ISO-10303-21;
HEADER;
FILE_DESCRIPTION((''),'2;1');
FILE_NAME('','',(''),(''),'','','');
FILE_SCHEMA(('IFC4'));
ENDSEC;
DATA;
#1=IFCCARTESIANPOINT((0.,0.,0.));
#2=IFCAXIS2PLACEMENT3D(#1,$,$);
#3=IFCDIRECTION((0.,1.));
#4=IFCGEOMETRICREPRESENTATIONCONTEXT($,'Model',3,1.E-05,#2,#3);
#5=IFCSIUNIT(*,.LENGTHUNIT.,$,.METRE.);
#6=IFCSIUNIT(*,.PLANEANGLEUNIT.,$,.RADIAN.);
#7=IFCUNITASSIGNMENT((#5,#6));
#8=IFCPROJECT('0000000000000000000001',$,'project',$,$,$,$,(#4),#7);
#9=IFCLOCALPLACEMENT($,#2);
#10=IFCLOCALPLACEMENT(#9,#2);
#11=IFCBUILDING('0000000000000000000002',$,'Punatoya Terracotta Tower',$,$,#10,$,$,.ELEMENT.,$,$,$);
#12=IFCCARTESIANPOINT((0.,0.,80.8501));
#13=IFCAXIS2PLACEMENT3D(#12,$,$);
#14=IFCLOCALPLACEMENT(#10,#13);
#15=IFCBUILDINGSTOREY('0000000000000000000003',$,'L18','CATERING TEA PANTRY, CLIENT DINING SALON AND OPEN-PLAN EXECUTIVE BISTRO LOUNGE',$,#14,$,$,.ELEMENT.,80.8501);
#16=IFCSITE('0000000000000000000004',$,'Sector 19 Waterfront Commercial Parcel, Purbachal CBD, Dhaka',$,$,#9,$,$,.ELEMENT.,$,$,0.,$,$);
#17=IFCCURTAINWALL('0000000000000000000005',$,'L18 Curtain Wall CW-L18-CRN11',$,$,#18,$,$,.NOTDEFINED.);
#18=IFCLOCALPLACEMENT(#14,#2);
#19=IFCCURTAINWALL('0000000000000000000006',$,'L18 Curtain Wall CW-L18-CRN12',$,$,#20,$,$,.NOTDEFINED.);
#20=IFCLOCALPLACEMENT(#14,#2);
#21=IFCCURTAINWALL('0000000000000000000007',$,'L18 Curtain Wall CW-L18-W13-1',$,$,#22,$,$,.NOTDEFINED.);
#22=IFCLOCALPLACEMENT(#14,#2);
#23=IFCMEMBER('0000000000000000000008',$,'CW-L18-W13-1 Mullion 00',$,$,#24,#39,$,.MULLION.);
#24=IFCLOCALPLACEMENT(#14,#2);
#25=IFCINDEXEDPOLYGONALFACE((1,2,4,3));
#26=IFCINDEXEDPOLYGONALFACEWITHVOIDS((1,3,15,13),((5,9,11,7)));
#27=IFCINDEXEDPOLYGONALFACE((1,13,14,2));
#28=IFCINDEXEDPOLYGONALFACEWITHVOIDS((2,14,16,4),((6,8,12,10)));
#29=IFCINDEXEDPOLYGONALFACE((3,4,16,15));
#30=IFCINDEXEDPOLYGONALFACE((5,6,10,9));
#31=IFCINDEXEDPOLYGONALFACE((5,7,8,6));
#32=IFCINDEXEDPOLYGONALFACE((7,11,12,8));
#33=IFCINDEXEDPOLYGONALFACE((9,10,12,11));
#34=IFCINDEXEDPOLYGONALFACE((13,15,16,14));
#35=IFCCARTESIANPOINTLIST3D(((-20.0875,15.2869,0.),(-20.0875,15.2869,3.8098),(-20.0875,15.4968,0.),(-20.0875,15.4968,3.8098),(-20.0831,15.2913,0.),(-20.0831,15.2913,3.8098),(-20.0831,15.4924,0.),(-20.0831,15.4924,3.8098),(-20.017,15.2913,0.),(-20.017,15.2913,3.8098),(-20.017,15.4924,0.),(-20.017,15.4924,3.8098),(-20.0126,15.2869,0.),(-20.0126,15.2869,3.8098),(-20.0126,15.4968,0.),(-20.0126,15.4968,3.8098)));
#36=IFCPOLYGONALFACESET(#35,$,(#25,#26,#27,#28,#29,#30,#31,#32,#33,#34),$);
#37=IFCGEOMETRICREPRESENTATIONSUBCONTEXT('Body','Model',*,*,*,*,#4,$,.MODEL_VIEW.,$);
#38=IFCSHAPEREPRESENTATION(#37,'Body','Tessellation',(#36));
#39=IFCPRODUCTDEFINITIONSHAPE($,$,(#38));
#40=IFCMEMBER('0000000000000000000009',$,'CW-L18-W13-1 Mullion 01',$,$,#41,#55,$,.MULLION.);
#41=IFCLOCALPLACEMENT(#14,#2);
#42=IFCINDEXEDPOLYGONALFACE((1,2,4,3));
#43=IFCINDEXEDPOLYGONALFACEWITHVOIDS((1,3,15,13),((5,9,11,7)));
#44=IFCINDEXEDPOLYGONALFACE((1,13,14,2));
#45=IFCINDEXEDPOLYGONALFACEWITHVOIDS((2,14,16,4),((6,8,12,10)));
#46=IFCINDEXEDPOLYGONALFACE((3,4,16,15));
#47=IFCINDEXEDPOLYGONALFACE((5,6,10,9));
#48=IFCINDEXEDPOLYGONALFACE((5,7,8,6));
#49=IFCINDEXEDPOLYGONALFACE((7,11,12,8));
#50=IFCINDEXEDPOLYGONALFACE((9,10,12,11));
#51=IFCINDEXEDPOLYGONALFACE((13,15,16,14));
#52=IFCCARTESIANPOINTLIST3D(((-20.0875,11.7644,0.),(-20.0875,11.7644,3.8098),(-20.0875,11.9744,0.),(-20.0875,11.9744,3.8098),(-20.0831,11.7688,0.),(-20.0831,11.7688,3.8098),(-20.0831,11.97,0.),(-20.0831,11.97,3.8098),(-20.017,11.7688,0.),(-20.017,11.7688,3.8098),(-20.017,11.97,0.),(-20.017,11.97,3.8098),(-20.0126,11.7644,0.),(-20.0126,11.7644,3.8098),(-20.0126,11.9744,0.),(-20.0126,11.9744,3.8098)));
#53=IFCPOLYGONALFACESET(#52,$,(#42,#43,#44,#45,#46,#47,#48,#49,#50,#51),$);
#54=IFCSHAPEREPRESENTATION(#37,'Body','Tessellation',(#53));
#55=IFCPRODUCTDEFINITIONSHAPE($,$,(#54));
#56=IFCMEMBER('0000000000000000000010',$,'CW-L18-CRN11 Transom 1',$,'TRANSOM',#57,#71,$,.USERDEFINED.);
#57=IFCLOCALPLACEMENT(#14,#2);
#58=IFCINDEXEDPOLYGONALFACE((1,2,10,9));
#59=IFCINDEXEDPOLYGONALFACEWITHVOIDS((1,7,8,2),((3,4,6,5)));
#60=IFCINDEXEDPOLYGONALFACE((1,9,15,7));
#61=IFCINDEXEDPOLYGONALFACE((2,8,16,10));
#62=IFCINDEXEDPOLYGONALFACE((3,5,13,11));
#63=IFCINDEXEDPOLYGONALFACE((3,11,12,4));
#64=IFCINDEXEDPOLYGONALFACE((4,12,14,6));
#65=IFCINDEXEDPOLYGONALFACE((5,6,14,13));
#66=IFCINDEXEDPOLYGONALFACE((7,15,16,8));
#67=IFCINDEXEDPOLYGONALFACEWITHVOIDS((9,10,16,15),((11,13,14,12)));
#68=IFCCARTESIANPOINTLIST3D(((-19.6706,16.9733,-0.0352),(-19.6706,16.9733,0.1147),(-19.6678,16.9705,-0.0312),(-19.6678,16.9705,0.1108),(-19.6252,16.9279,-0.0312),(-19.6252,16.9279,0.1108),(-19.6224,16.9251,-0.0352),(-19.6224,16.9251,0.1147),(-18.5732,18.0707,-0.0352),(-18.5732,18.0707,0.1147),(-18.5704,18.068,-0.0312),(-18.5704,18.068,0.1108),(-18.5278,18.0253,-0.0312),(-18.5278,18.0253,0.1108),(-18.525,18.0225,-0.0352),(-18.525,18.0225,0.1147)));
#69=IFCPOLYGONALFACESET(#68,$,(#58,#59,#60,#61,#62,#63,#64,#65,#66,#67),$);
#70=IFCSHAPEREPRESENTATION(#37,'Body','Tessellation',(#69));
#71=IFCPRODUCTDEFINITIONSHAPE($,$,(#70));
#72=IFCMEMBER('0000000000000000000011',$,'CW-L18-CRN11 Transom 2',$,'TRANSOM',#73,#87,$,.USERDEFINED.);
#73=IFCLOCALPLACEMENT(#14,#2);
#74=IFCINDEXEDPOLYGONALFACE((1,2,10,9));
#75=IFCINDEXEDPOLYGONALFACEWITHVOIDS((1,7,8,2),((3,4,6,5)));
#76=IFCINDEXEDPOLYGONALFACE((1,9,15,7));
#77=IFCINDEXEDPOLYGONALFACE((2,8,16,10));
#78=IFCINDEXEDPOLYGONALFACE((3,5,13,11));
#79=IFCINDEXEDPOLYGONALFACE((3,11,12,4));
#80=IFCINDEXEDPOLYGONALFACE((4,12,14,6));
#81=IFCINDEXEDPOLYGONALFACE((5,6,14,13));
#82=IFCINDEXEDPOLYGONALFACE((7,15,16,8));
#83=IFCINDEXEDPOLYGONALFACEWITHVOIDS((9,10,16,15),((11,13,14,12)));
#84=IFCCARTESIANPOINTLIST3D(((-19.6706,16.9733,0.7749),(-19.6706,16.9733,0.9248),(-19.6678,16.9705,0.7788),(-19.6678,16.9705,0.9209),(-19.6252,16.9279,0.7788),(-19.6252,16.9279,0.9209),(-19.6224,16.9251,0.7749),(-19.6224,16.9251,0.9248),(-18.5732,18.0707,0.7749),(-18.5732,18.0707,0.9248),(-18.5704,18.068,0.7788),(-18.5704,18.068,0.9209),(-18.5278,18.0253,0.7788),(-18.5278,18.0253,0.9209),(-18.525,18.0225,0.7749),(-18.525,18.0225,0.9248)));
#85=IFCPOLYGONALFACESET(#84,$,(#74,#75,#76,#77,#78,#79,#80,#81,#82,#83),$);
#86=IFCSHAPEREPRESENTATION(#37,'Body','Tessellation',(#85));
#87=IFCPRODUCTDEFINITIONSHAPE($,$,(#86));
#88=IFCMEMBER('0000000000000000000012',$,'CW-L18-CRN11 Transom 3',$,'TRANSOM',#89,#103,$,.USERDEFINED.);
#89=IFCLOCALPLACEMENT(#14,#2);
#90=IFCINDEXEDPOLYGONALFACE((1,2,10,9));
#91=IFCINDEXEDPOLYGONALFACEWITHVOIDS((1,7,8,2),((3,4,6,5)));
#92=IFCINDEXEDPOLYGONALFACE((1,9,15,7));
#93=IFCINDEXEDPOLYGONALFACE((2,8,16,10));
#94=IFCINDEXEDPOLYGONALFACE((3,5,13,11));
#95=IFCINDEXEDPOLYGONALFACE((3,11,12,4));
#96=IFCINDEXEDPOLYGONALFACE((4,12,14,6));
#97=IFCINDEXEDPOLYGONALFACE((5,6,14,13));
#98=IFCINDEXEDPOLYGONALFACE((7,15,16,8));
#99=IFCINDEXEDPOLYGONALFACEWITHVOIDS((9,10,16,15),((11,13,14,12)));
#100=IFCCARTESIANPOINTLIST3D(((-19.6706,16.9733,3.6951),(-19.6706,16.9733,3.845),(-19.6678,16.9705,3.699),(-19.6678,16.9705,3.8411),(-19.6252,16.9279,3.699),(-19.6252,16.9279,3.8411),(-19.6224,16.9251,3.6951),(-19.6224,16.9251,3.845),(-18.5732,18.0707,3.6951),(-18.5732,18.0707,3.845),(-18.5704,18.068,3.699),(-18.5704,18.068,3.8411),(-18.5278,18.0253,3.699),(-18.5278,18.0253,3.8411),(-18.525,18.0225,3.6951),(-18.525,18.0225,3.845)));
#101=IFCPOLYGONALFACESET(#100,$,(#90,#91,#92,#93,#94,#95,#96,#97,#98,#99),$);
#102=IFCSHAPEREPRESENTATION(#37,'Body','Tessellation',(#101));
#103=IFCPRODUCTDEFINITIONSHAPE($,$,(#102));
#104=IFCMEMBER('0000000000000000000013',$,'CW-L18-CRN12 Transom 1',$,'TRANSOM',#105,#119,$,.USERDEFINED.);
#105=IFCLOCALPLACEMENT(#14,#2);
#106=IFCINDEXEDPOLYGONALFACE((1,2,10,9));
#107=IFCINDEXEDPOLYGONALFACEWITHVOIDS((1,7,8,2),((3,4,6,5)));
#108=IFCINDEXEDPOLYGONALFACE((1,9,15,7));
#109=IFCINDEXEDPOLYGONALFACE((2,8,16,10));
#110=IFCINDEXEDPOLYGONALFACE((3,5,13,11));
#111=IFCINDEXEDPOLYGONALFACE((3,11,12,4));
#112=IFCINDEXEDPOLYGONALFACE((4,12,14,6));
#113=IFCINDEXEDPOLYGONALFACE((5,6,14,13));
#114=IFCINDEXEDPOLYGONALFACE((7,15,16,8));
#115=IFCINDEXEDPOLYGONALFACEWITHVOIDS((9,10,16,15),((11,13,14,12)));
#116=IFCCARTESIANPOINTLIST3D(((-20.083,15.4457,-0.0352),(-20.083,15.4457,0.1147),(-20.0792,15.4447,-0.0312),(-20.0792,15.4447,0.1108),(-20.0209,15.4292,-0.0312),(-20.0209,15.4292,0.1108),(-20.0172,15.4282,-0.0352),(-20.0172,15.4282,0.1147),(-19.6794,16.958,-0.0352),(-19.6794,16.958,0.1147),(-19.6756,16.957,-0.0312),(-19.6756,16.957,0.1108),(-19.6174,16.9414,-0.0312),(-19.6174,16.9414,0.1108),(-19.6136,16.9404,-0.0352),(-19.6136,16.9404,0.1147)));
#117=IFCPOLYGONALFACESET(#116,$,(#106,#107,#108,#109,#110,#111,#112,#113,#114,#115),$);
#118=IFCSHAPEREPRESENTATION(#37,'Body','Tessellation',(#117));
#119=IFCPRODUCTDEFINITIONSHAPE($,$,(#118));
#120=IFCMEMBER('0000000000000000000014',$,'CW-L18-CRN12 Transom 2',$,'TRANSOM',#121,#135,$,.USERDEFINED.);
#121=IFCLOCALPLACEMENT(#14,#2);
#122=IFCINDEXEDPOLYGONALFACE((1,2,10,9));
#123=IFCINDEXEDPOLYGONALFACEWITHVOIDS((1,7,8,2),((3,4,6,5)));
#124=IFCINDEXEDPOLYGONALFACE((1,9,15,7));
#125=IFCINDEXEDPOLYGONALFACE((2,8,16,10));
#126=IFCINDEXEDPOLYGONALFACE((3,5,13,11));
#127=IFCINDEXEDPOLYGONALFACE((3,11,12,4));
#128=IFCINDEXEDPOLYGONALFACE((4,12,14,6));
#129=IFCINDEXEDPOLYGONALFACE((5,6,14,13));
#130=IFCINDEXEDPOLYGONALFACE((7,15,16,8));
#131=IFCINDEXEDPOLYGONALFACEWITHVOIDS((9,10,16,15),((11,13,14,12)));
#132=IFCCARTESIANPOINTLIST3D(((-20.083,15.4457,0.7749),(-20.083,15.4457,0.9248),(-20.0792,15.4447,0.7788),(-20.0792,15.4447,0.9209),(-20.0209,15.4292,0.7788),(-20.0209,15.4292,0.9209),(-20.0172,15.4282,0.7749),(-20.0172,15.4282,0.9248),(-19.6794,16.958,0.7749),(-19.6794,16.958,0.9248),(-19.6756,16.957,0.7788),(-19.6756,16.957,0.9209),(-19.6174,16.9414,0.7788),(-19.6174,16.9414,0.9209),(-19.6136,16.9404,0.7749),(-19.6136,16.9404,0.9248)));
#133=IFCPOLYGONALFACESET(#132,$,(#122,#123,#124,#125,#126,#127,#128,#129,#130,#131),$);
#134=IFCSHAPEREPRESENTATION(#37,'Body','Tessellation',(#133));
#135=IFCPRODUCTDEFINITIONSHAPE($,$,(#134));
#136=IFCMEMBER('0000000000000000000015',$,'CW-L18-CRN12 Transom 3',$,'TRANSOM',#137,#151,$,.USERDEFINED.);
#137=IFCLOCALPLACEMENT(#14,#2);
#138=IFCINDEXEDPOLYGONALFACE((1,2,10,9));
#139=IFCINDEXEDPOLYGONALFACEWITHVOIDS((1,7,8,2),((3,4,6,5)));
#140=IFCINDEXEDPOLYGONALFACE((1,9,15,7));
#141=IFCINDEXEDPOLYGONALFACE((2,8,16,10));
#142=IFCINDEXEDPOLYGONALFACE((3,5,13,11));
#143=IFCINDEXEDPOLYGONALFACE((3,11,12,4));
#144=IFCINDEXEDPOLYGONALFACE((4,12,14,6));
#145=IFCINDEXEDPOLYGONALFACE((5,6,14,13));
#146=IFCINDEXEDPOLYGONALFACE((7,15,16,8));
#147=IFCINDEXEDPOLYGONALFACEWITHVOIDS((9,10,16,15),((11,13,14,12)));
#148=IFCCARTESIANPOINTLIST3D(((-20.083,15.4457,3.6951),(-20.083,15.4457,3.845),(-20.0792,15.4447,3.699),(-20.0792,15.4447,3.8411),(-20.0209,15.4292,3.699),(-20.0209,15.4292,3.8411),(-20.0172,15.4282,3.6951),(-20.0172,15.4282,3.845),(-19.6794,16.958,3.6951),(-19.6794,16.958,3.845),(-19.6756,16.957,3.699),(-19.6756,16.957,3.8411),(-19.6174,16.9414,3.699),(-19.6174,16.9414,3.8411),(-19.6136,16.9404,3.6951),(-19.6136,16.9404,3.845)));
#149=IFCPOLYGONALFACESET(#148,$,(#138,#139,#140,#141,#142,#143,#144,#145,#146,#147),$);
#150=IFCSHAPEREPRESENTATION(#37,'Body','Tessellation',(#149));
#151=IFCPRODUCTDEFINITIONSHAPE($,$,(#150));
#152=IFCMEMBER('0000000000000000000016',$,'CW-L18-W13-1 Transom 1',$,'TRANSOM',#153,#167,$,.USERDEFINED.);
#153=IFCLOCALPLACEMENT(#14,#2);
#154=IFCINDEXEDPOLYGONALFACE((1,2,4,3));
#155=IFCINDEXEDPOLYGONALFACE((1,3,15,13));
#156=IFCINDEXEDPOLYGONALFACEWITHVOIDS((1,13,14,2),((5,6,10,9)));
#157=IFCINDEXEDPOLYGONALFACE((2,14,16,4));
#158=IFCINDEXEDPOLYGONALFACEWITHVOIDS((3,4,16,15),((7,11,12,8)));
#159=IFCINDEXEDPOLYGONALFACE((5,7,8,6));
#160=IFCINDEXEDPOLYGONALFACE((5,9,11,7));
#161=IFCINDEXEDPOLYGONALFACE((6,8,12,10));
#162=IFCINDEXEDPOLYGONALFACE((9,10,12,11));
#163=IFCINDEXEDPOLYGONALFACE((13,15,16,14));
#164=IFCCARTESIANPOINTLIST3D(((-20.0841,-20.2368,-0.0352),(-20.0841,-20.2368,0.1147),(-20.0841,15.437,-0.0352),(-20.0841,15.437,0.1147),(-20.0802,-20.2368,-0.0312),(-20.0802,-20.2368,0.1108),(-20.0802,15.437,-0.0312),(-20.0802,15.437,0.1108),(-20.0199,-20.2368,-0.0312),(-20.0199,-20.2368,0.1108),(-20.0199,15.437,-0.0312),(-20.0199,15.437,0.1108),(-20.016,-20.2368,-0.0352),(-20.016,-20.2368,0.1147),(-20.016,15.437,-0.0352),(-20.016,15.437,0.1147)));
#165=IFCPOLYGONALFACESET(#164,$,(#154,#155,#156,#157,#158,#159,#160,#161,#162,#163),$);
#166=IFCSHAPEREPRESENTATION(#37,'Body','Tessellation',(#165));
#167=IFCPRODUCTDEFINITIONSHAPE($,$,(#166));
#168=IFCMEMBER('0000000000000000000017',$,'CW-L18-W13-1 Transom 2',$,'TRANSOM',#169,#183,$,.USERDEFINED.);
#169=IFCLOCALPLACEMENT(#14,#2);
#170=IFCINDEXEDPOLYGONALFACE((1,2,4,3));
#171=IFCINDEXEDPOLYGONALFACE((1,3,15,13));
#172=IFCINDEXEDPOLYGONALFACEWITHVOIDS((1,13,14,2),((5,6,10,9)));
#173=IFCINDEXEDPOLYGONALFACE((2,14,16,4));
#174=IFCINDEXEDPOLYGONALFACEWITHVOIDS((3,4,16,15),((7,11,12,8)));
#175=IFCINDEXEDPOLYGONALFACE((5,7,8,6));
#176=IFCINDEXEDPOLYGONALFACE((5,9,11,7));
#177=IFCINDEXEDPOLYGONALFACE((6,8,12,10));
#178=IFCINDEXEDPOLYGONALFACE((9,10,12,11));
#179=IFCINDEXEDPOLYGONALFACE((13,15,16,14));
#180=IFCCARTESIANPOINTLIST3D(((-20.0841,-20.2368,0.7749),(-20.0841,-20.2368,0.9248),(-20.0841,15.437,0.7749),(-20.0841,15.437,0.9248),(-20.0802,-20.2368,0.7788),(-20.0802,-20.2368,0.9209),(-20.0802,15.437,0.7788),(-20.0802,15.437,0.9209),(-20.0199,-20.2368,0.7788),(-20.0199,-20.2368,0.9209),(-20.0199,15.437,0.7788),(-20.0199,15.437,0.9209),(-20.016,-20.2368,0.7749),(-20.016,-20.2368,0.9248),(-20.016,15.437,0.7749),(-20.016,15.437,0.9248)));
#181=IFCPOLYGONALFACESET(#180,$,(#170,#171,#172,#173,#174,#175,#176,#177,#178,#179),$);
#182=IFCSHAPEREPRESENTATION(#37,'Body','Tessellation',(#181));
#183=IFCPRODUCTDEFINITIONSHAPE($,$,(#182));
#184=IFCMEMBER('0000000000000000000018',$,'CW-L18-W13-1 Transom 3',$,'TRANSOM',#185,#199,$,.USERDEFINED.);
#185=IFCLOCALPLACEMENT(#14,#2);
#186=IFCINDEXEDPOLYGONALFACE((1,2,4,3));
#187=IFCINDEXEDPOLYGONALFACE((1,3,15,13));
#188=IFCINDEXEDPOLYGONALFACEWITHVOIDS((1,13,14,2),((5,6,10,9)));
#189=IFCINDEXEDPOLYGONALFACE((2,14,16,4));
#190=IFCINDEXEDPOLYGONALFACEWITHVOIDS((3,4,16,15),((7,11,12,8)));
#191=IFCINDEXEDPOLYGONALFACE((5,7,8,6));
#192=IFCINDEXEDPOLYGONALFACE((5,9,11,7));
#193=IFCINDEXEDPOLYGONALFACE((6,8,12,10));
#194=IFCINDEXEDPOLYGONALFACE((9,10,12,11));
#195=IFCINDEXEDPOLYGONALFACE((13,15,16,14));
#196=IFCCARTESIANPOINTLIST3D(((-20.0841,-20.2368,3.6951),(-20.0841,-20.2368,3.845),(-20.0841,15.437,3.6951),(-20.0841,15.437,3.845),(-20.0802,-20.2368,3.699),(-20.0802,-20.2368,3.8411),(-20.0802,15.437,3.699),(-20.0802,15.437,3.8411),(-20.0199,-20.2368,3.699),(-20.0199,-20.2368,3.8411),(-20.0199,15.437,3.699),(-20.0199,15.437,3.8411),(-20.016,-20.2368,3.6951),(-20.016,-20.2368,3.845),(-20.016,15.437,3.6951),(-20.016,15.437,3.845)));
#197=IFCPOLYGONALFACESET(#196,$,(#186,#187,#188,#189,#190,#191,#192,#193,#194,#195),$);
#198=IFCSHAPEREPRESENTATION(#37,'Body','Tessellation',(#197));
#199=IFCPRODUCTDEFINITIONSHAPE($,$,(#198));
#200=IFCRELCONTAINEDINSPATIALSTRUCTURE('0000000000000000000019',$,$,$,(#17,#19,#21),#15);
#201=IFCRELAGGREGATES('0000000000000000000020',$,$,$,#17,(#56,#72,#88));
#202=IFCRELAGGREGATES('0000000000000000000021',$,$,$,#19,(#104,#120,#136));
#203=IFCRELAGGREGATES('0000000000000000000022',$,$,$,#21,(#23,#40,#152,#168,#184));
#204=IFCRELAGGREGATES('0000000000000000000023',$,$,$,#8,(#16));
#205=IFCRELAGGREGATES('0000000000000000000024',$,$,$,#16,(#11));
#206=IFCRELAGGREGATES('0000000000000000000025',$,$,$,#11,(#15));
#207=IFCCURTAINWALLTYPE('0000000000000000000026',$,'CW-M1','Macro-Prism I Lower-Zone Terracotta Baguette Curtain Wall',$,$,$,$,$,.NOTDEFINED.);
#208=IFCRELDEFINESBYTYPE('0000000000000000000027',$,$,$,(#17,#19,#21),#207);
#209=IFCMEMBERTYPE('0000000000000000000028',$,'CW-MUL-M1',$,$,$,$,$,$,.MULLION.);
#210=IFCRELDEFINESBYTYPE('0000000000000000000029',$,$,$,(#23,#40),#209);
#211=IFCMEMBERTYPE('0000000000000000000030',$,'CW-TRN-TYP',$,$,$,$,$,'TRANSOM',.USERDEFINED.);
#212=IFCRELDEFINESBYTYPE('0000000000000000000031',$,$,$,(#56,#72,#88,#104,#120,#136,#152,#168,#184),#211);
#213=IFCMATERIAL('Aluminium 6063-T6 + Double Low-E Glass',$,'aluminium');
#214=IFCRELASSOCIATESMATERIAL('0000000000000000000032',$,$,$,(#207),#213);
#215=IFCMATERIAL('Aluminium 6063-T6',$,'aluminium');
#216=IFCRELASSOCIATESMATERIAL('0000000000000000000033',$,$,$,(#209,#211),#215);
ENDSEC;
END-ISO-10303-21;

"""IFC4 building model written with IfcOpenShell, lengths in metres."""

from ifc_helpers import new_model, si_unit, direction, frame, origin, origin_2d, place, context, subcontext, project, spatial, hollow_rectangle, extrude, material, material_profile, profile_set, type_object, element, aggregate, save


model = new_model("IFC4")

# Units and contexts
model_context = context("Model", 3, precision=1e-05, world=origin(), true_north=direction((0.0, 1.0)))
body_context = subcontext(model_context, "Body", "Model", "MODEL_VIEW")
ifc_project = project(units=[si_unit("LENGTHUNIT", "METRE"), si_unit("PLANEANGLEUNIT", "RADIAN")], contexts=[model_context])

# Site, building, storey
site_placement = place(None, origin())
site = spatial("IfcSite", under=ifc_project, at=site_placement, Name="Sector 19 Waterfront Commercial Parcel, Purbachal CBD, Dhaka", CompositionType="ELEMENT", RefElevation=0.0)
building_placement = place(site_placement, origin())
building = spatial("IfcBuilding", under=site, at=building_placement, Name="Punatoya Terracotta Tower", CompositionType="ELEMENT")
storey_placement = place(building_placement, frame((0.0, 0.0, 80.8501)))
storey = spatial("IfcBuildingStorey", under=building, at=storey_placement, Name="L18", Description="CATERING TEA PANTRY, CLIENT DINING SALON AND OPEN-PLAN EXECUTIVE BISTRO LOUNGE", CompositionType="ELEMENT", Elevation=80.8501)

# Curtain walls, members
ifc_material_1 = material(Name="Aluminium 6063-T6 + Double Low-E Glass", Category="aluminium")
curtain_wall_type = type_object("IfcCurtainWallType", Name="CW-M1", Description="Macro-Prism I Lower-Zone Terracotta Baguette Curtain Wall", PredefinedType="NOTDEFINED", material=ifc_material_1)
curtain_wall_1_placement = place(storey_placement, origin())
curtain_wall_1 = element("IfcCurtainWall", 1, at=curtain_wall_1_placement, inside=storey, type_object=curtain_wall_type, Name="L18 Curtain Wall CW-L18-CRN11", PredefinedType="NOTDEFINED")
ifc_material_2 = material(Name="Aluminium 6063-T6", Category="aluminium")
ifc_material_profile_1 = material_profile(ifc_material_2, hollow_rectangle(XDim=0.075, YDim=0.21, WallThickness=0.0044, at=origin_2d()))
ifc_profile_set_1 = profile_set([ifc_material_profile_1], Name="Aluminium 6063-T6")
member_type_1 = type_object("IfcMemberType", Name="CW-MUL-M1", PredefinedType="MULLION", material=ifc_profile_set_1)
curtain_wall_2_placement = place(storey_placement, origin())
curtain_wall_2 = element("IfcCurtainWall", 2, at=curtain_wall_2_placement, inside=storey, type_object=curtain_wall_type, Name="L18 Curtain Wall CW-L18-CRN12", PredefinedType="NOTDEFINED")
curtain_wall_3_placement = place(storey_placement, origin())
curtain_wall_3 = element("IfcCurtainWall", 3, at=curtain_wall_3_placement, inside=storey, type_object=curtain_wall_type, Name="L18 Curtain Wall CW-L18-W13-1", PredefinedType="NOTDEFINED")
member_1_placement = place(storey_placement, frame((-20.05, 15.3918, 0.0), z_axis=(0.0, 0.0, 1.0), x_axis=(1.0, 0.0, 0.0)))
member_1 = element("IfcMember", 4, at=member_1_placement, type_object=member_type_1, Name="CW-L18-W13-1 Mullion 00", PredefinedType="MULLION", context=body_context, shape_type="SweptSolid", body=[
    extrude(hollow_rectangle(XDim=0.075, YDim=0.21, WallThickness=0.0044, at=origin_2d()), origin(), (0.0, 0.0, 1.0), 3.8098),
])
member_2_placement = place(storey_placement, frame((-20.05, 11.8694, 0.0), z_axis=(0.0, 0.0, 1.0), x_axis=(1.0, 0.0, 0.0)))
member_2 = element("IfcMember", 5, at=member_2_placement, type_object=member_type_1, Name="CW-L18-W13-1 Mullion 01", PredefinedType="MULLION", context=body_context, shape_type="SweptSolid", body=[
    extrude(hollow_rectangle(XDim=0.075, YDim=0.21, WallThickness=0.0044, at=origin_2d()), origin(), (0.0, 0.0, 1.0), 3.8098),
])

# Members
ifc_material_profile_2 = material_profile(ifc_material_2, hollow_rectangle(XDim=0.0681, YDim=0.1499, WallThickness=0.0039, at=origin_2d()))
ifc_profile_set_2 = profile_set([ifc_material_profile_2], Name="Aluminium 6063-T6")
member_type_2 = type_object("IfcMemberType", Name="CW-TRN-TYP", ElementType="TRANSOM", PredefinedType="USERDEFINED", material=ifc_profile_set_2)
member_3_placement = place(storey_placement, frame((-18.5491, 18.0466, 0.0398), z_axis=(-0.707107, -0.707107, 0.0), x_axis=(0.707107, -0.707107, 0.0)))
member_3 = element("IfcMember", 6, at=member_3_placement, type_object=member_type_2, Name="CW-L18-CRN11 Transom 1", ObjectType="TRANSOM", PredefinedType="USERDEFINED", context=body_context, shape_type="SweptSolid", body=[
    extrude(hollow_rectangle(XDim=0.0681, YDim=0.1499, WallThickness=0.0039, at=origin_2d()), origin(), (0.0, 0.0, 1.0), 1.552),
])
member_4_placement = place(storey_placement, frame((-18.5491, 18.0466, 0.8499), z_axis=(-0.707107, -0.707107, 0.0), x_axis=(0.707107, -0.707107, 0.0)))
member_4 = element("IfcMember", 7, at=member_4_placement, type_object=member_type_2, Name="CW-L18-CRN11 Transom 2", ObjectType="TRANSOM", PredefinedType="USERDEFINED", context=body_context, shape_type="SweptSolid", body=[
    extrude(hollow_rectangle(XDim=0.0681, YDim=0.1499, WallThickness=0.0039, at=origin_2d()), origin(), (0.0, 0.0, 1.0), 1.552),
])
member_5_placement = place(storey_placement, frame((-18.5491, 18.0466, 3.77), z_axis=(-0.707107, -0.707107, 0.0), x_axis=(0.707107, -0.707107, 0.0)))
member_5 = element("IfcMember", 8, at=member_5_placement, type_object=member_type_2, Name="CW-L18-CRN11 Transom 3", ObjectType="TRANSOM", PredefinedType="USERDEFINED", context=body_context, shape_type="SweptSolid", body=[
    extrude(hollow_rectangle(XDim=0.0681, YDim=0.1499, WallThickness=0.0039, at=origin_2d()), origin(), (0.0, 0.0, 1.0), 1.552),
])
member_6_placement = place(storey_placement, frame((-19.6465, 16.9492, 0.0398), z_axis=(-0.257847, -0.966186, 0.0), x_axis=(0.966186, -0.257847, 0.0)))
member_6 = element("IfcMember", 9, at=member_6_placement, type_object=member_type_2, Name="CW-L18-CRN12 Transom 1", ObjectType="TRANSOM", PredefinedType="USERDEFINED", context=body_context, shape_type="SweptSolid", body=[
    extrude(hollow_rectangle(XDim=0.0681, YDim=0.1499, WallThickness=0.0039, at=origin_2d()), origin(), (0.0, 0.0, 1.0), 1.5652),
])
member_7_placement = place(storey_placement, frame((-19.6465, 16.9492, 0.8499), z_axis=(-0.257847, -0.966186, 0.0), x_axis=(0.966186, -0.257847, 0.0)))
member_7 = element("IfcMember", 10, at=member_7_placement, type_object=member_type_2, Name="CW-L18-CRN12 Transom 2", ObjectType="TRANSOM", PredefinedType="USERDEFINED", context=body_context, shape_type="SweptSolid", body=[
    extrude(hollow_rectangle(XDim=0.0681, YDim=0.1499, WallThickness=0.0039, at=origin_2d()), origin(), (0.0, 0.0, 1.0), 1.5652),
])
member_8_placement = place(storey_placement, frame((-19.6465, 16.9492, 3.77), z_axis=(-0.257847, -0.966186, 0.0), x_axis=(0.966186, -0.257847, 0.0)))
member_8 = element("IfcMember", 11, at=member_8_placement, type_object=member_type_2, Name="CW-L18-CRN12 Transom 3", ObjectType="TRANSOM", PredefinedType="USERDEFINED", context=body_context, shape_type="SweptSolid", body=[
    extrude(hollow_rectangle(XDim=0.0681, YDim=0.1499, WallThickness=0.0039, at=origin_2d()), origin(), (0.0, 0.0, 1.0), 1.5652),
])
member_9_placement = place(storey_placement, frame((-20.05, 15.437, 0.0398), z_axis=(0.0, -1.0, 0.0), x_axis=(1.0, 0.0, 0.0)))
member_9 = element("IfcMember", 12, at=member_9_placement, type_object=member_type_2, Name="CW-L18-W13-1 Transom 1", ObjectType="TRANSOM", PredefinedType="USERDEFINED", context=body_context, shape_type="SweptSolid", body=[
    extrude(hollow_rectangle(XDim=0.0681, YDim=0.1499, WallThickness=0.0039, at=origin_2d()), origin(), (0.0, 0.0, 1.0), 35.6738),
])
member_10_placement = place(storey_placement, frame((-20.05, 15.437, 0.8499), z_axis=(0.0, -1.0, 0.0), x_axis=(1.0, 0.0, 0.0)))
member_10 = element("IfcMember", 13, at=member_10_placement, type_object=member_type_2, Name="CW-L18-W13-1 Transom 2", ObjectType="TRANSOM", PredefinedType="USERDEFINED", context=body_context, shape_type="SweptSolid", body=[
    extrude(hollow_rectangle(XDim=0.0681, YDim=0.1499, WallThickness=0.0039, at=origin_2d()), origin(), (0.0, 0.0, 1.0), 35.6738),
])
member_11_placement = place(storey_placement, frame((-20.05, 15.437, 3.77), z_axis=(0.0, -1.0, 0.0), x_axis=(1.0, 0.0, 0.0)))
member_11 = element("IfcMember", 14, at=member_11_placement, type_object=member_type_2, Name="CW-L18-W13-1 Transom 3", ObjectType="TRANSOM", PredefinedType="USERDEFINED", context=body_context, shape_type="SweptSolid", body=[
    extrude(hollow_rectangle(XDim=0.0681, YDim=0.1499, WallThickness=0.0039, at=origin_2d()), origin(), (0.0, 0.0, 1.0), 35.6738),
])

aggregate(curtain_wall_1, [member_3, member_4, member_5])
aggregate(curtain_wall_2, [member_6, member_7, member_8])
aggregate(curtain_wall_3, [member_1, member_2, member_9, member_10, member_11])

save(model, "model.ifc")
